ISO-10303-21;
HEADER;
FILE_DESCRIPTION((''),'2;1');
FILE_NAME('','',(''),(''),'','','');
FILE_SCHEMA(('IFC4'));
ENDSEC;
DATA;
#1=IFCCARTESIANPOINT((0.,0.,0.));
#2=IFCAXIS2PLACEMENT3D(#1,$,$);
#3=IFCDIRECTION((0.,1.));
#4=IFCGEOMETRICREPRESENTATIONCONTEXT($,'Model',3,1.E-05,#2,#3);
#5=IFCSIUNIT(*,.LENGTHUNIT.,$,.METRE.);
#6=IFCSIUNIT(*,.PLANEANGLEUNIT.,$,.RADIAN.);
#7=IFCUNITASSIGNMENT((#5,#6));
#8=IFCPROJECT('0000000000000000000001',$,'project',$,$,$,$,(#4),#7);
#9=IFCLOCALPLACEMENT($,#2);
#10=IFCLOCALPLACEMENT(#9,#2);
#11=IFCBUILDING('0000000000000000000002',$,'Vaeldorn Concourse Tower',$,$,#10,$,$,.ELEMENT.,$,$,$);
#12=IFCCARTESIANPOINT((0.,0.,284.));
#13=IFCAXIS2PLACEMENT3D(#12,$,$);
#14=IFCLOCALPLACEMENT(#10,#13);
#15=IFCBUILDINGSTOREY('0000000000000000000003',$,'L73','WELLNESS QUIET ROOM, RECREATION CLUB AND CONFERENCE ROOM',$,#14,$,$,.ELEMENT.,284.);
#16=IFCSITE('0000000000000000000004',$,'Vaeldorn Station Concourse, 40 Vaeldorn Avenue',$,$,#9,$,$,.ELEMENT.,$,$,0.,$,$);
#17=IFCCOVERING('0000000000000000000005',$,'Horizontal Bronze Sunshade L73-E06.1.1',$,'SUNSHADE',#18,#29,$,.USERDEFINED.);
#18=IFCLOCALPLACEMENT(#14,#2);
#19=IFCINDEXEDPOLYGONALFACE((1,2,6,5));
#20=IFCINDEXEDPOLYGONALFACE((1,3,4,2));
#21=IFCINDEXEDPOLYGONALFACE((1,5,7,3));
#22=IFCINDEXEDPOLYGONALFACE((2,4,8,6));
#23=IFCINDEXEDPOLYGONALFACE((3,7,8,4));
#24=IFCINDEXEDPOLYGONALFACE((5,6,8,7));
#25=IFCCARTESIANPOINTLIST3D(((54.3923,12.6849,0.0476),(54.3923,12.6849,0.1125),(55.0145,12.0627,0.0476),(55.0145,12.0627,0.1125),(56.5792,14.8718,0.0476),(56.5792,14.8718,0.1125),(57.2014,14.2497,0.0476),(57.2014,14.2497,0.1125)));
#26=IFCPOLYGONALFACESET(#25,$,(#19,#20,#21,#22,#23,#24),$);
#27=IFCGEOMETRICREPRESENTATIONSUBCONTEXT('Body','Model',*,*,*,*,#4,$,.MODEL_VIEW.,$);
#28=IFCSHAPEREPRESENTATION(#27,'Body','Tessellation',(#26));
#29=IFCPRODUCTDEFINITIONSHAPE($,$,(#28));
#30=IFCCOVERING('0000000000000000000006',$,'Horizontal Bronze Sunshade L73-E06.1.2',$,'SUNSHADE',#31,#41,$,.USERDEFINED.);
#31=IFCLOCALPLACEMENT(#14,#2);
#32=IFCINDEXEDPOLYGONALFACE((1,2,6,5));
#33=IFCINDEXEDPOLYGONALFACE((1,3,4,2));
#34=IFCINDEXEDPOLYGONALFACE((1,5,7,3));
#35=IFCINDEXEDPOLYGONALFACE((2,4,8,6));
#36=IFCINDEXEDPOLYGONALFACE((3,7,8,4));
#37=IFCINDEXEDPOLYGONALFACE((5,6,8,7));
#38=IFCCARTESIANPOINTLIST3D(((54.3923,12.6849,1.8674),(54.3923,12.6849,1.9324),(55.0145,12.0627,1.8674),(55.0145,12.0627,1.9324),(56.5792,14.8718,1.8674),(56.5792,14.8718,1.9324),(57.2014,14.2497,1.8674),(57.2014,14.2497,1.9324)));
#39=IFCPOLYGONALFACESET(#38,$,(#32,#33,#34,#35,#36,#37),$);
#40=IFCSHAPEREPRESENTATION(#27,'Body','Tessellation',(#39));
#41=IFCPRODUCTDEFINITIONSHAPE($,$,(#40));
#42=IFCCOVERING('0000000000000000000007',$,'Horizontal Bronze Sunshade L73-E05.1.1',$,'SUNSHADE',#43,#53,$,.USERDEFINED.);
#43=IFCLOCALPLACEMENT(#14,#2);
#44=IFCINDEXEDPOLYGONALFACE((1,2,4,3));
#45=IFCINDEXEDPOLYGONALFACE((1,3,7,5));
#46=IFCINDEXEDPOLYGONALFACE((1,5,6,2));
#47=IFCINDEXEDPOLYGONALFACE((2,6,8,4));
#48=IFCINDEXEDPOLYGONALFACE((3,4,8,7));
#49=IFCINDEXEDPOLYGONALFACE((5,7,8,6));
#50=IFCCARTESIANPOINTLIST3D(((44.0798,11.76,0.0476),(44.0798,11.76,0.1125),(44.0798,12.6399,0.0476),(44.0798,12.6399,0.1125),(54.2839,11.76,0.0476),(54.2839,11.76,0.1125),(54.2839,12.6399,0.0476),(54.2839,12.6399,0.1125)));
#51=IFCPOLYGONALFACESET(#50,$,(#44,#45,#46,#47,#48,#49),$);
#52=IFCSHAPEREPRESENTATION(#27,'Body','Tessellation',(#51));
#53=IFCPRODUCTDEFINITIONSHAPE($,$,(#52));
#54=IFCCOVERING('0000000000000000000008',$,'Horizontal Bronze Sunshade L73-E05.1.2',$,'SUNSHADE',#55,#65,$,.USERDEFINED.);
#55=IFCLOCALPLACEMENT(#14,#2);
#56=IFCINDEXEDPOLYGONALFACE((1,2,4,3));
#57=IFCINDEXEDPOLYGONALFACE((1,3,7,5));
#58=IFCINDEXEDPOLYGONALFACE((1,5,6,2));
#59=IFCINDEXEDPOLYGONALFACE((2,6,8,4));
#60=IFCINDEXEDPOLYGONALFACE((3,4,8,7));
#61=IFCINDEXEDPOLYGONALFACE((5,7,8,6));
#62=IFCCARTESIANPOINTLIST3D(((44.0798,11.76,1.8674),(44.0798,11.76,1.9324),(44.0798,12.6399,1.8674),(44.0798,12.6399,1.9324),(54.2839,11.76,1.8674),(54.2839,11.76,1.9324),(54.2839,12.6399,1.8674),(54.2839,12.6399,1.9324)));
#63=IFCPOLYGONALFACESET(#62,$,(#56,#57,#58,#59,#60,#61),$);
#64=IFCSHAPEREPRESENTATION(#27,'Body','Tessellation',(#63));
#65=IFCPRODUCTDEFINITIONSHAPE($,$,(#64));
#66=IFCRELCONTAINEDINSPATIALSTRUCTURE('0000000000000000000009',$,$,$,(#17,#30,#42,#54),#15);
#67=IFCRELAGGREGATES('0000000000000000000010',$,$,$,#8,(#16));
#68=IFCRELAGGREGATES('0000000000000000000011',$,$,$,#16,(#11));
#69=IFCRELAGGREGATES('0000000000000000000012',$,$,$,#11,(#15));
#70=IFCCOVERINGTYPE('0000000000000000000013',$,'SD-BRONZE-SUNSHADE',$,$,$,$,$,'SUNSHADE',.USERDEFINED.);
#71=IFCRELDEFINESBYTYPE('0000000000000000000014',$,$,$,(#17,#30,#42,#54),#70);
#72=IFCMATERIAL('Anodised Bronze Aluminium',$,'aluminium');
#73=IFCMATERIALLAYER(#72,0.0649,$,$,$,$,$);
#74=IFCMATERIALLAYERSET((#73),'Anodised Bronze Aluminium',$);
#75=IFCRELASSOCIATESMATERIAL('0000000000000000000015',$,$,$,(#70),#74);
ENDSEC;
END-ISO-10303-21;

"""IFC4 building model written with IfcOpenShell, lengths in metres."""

from ifc_helpers import new_model, si_unit, direction, frame, origin, origin_2d, place, context, subcontext, project, spatial, rectangle, extrude, source, transform, mapped, material, layer, layer_set, type_object, element, save


model = new_model("IFC4")

# Units and contexts
model_context = context("Model", 3, precision=1e-05, world=origin(), true_north=direction((0.0, 1.0)))
body_context = subcontext(model_context, "Body", "Model", "MODEL_VIEW")
ifc_project = project(units=[si_unit("LENGTHUNIT", "METRE"), si_unit("PLANEANGLEUNIT", "RADIAN")], contexts=[model_context])

# Site, building, storey
site_placement = place(None, origin())
site = spatial("IfcSite", under=ifc_project, at=site_placement, Name="Vaeldorn Station Concourse, 40 Vaeldorn Avenue", CompositionType="ELEMENT", RefElevation=0.0)
building_placement = place(site_placement, origin())
building = spatial("IfcBuilding", under=site, at=building_placement, Name="Vaeldorn Concourse Tower", CompositionType="ELEMENT")
storey_placement = place(building_placement, frame((0.0, 0.0, 284.0)))
storey = spatial("IfcBuildingStorey", under=building, at=storey_placement, Name="L73", Description="WELLNESS QUIET ROOM, RECREATION CLUB AND CONFERENCE ROOM", CompositionType="ELEMENT", Elevation=284.0)

# Shared definitions
ifc_material_1 = material(Name="Anodised Bronze Aluminium", Category="aluminium")

# Coverings
ifc_layer_1 = layer(ifc_material_1, 0.0649)
ifc_layer_set_1 = layer_set([ifc_layer_1], Name="Anodised Bronze Aluminium")
covering_type = type_object("IfcCoveringType", Name="SD-BRONZE-SUNSHADE", ElementType="SUNSHADE", PredefinedType="USERDEFINED", material=ifc_layer_set_1)
shared_shape_1 = source(origin(), body_context, "Body", "SweptSolid", [
    extrude(rectangle(XDim=3.0928, YDim=0.8799, at=origin_2d()), origin(), (0.0, 0.0, 1.0), 0.0649),
])
for number, where, z_axis, x_axis, name in (
    (1, (55.7969, 13.4673, 0.0476), (0.0, 0.0, 1.0), (0.707107, 0.707107, 0.0), "Horizontal Bronze Sunshade L73-E06.1.1"),
    (2, (55.7969, 13.4673, 1.8674), (0.0, 0.0, 1.0), (0.707107, 0.707107, 0.0), "Horizontal Bronze Sunshade L73-E06.1.2"),
):
    element("IfcCovering", number, at=place(storey_placement, frame(where, z_axis=z_axis, x_axis=x_axis)), inside=storey, type_object=covering_type, Name=name, ObjectType="SUNSHADE", PredefinedType="USERDEFINED", context=body_context, shape_type="MappedRepresentation", body=[
        mapped(shared_shape_1, transform((0.0, 0.0, 0.0), scale=1.0)),
    ])
shared_shape_2 = source(origin(), body_context, "Body", "SweptSolid", [
    extrude(rectangle(XDim=10.2041, YDim=0.8799, at=origin_2d()), origin(), (0.0, 0.0, 1.0), 0.0649),
])
for number, where, z_axis, x_axis, name in (
    (3, (49.1819, 12.2, 0.0476), (0.0, 0.0, 1.0), (1.0, 0.0, 0.0), "Horizontal Bronze Sunshade L73-E05.1.1"),
    (4, (49.1819, 12.2, 1.8674), (0.0, 0.0, 1.0), (1.0, 0.0, 0.0), "Horizontal Bronze Sunshade L73-E05.1.2"),
):
    element("IfcCovering", number, at=place(storey_placement, frame(where, z_axis=z_axis, x_axis=x_axis)), inside=storey, type_object=covering_type, Name=name, ObjectType="SUNSHADE", PredefinedType="USERDEFINED", context=body_context, shape_type="MappedRepresentation", body=[
        mapped(shared_shape_2, transform((0.0, 0.0, 0.0), scale=1.0)),
    ])

save(model, "model.ifc")
